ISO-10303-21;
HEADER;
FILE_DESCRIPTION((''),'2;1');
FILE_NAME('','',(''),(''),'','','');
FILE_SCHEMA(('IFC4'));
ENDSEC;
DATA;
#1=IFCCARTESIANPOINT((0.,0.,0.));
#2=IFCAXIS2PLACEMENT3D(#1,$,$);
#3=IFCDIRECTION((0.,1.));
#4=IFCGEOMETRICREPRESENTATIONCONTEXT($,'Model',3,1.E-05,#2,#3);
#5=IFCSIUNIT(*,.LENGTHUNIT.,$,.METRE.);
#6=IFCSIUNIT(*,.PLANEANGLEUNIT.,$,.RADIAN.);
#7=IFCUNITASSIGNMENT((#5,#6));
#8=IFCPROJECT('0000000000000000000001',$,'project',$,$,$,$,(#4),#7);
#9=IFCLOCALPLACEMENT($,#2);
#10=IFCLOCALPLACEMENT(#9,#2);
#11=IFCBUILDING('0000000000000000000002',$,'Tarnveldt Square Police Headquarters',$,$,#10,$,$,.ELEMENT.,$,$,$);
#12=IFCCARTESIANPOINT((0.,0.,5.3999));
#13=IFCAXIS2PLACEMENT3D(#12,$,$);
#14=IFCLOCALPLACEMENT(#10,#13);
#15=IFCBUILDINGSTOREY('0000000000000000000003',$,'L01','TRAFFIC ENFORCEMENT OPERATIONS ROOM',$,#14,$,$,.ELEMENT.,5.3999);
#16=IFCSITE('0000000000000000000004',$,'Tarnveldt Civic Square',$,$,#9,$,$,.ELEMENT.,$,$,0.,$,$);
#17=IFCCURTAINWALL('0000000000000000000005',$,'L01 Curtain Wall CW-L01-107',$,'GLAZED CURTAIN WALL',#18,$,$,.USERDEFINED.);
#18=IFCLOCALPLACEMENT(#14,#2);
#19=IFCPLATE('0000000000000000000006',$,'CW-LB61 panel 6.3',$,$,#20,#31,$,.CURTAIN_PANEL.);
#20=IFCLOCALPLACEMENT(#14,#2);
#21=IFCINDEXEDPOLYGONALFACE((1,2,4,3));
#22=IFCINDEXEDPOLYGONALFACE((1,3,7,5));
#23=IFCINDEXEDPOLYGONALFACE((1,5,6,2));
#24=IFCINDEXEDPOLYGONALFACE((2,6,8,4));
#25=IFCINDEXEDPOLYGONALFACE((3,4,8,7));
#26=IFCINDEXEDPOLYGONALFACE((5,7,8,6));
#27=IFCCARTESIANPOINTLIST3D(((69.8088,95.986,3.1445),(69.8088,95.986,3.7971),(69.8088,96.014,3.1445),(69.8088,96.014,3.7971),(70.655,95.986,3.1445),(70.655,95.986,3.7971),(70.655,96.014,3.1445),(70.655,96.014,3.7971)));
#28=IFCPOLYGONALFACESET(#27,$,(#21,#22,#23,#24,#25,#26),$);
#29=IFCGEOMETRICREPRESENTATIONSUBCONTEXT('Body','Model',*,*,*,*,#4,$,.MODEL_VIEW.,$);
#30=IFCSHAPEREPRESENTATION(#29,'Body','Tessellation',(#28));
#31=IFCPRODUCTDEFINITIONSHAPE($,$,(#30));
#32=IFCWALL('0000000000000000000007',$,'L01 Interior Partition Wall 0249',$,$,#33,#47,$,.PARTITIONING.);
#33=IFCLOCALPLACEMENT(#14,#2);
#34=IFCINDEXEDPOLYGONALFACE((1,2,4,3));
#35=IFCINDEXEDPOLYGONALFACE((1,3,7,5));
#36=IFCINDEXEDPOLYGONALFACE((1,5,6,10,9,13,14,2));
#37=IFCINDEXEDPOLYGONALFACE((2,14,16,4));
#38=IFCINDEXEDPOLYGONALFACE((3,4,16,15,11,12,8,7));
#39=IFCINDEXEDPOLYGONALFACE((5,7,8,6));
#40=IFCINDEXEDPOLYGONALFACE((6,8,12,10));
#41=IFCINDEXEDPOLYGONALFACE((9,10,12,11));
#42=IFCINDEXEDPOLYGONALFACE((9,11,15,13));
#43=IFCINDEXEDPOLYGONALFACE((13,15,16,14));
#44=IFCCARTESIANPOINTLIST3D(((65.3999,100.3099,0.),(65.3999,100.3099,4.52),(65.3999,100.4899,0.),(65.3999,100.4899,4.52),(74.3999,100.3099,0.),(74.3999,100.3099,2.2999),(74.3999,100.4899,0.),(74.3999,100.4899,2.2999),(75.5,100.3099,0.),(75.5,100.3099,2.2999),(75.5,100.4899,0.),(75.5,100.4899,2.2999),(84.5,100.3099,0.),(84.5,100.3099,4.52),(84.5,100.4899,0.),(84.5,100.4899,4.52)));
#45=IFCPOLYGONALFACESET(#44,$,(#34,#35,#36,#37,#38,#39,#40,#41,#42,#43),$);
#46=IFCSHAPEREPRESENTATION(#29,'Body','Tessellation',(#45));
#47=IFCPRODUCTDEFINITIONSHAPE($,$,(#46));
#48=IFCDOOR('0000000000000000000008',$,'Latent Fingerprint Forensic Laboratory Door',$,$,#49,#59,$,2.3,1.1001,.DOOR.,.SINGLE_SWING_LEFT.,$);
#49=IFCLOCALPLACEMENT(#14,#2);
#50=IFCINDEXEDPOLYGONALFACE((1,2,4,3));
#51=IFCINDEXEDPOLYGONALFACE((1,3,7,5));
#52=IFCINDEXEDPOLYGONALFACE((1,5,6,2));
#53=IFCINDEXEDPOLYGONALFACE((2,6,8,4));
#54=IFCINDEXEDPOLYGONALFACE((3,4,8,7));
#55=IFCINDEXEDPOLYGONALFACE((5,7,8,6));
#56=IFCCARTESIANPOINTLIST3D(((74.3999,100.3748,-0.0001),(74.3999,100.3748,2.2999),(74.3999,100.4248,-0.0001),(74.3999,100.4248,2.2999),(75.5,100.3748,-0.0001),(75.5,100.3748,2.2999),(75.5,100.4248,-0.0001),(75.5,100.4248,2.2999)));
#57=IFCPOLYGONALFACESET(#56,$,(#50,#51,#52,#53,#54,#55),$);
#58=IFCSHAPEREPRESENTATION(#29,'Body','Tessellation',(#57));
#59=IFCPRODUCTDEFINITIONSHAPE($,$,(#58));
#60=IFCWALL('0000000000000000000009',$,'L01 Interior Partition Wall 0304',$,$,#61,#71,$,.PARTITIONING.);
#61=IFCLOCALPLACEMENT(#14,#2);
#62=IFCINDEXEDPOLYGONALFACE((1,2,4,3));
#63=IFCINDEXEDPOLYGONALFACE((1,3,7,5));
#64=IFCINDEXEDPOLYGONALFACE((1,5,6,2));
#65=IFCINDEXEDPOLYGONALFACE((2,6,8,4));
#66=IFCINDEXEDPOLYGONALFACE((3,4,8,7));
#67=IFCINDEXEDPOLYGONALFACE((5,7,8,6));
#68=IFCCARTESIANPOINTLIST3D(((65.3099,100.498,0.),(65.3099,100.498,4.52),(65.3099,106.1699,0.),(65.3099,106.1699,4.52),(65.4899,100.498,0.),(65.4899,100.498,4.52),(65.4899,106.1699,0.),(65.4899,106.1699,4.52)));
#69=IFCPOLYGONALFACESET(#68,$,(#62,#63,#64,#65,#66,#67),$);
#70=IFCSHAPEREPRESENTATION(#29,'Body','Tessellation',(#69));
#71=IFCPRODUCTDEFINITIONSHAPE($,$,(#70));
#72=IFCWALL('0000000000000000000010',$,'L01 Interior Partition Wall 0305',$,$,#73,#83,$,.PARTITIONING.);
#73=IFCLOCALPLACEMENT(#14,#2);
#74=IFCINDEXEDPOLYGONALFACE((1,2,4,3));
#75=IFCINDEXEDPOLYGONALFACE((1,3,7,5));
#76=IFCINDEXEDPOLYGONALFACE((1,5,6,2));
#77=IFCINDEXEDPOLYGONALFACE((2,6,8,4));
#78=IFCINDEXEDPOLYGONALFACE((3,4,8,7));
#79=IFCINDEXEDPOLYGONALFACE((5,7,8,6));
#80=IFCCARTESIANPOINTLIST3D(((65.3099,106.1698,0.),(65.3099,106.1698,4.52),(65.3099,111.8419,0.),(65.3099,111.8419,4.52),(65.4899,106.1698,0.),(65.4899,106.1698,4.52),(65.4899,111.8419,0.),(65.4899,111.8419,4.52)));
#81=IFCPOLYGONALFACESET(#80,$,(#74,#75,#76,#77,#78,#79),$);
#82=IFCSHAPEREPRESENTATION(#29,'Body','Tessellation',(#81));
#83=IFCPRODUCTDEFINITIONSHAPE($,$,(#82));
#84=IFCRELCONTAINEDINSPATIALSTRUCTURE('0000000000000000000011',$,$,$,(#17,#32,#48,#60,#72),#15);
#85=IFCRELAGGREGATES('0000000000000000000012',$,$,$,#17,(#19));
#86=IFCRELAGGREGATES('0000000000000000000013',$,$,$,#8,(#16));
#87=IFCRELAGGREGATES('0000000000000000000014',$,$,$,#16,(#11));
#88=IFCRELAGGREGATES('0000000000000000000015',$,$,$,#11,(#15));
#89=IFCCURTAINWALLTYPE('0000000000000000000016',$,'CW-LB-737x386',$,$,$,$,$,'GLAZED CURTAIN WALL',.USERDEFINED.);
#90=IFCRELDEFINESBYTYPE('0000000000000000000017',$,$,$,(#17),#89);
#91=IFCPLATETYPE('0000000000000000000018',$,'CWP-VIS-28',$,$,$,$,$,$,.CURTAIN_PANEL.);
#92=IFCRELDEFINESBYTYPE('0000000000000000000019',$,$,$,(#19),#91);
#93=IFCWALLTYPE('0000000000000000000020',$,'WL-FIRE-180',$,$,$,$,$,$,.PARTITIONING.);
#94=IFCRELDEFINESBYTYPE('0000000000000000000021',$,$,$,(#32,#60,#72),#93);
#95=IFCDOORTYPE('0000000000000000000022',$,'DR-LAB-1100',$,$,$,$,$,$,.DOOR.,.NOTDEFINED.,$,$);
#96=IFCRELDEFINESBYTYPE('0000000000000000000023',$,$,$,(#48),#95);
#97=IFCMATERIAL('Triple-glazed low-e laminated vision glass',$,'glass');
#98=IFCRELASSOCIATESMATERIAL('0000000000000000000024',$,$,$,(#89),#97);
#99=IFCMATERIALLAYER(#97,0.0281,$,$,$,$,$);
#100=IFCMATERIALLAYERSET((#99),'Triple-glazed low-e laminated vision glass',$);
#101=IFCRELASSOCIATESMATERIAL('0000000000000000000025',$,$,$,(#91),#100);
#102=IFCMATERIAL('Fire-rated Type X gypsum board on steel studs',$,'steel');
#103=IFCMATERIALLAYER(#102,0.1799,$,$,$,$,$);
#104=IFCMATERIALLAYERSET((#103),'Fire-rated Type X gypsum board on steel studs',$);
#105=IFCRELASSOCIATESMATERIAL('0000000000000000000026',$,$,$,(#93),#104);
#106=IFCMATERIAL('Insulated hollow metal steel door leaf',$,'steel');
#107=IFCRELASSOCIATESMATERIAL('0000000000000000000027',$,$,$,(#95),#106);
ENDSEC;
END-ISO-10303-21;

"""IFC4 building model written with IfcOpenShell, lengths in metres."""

from ifc_helpers import new_model, si_unit, direction, frame, frame_2d, origin, origin_2d, place, context, subcontext, project, spatial, rectangle, extrude, material, layer, layer_set, type_object, element, fill, aggregate, save


model = new_model("IFC4")

# Units and contexts
model_context = context("Model", 3, precision=1e-05, world=origin(), true_north=direction((0.0, 1.0)))
body_context = subcontext(model_context, "Body", "Model", "MODEL_VIEW")
ifc_project = project(units=[si_unit("LENGTHUNIT", "METRE"), si_unit("PLANEANGLEUNIT", "RADIAN")], contexts=[model_context])

# Site, building, storey
site_placement = place(None, origin())
site = spatial("IfcSite", under=ifc_project, at=site_placement, Name="Tarnveldt Civic Square", CompositionType="ELEMENT", RefElevation=0.0)
building_placement = place(site_placement, origin())
building = spatial("IfcBuilding", under=site, at=building_placement, Name="Tarnveldt Square Police Headquarters", CompositionType="ELEMENT")
storey_placement = place(building_placement, frame((0.0, 0.0, 5.3999)))
storey = spatial("IfcBuildingStorey", under=building, at=storey_placement, Name="L01", Description="TRAFFIC ENFORCEMENT OPERATIONS ROOM", CompositionType="ELEMENT", Elevation=5.3999)

# Curtain wall, plate
ifc_material_1 = material(Name="Triple-glazed low-e laminated vision glass", Category="glass")
curtain_wall_type = type_object("IfcCurtainWallType", Name="CW-LB-737x386", ElementType="GLAZED CURTAIN WALL", PredefinedType="USERDEFINED", material=ifc_material_1)
curtain_wall_placement = place(storey_placement, origin())
curtain_wall = element("IfcCurtainWall", 1, at=curtain_wall_placement, inside=storey, type_object=curtain_wall_type, Name="L01 Curtain Wall CW-L01-107", ObjectType="GLAZED CURTAIN WALL", PredefinedType="USERDEFINED")
ifc_layer_1 = layer(ifc_material_1, 0.0281)
ifc_layer_set_1 = layer_set([ifc_layer_1], Name="Triple-glazed low-e laminated vision glass")
plate_type = type_object("IfcPlateType", Name="CWP-VIS-28", PredefinedType="CURTAIN_PANEL", material=ifc_layer_set_1)
plate_1_placement = place(storey_placement, frame((70.2319, 96.0, 3.1445), z_axis=(0.0, 0.0, 1.0), x_axis=(1.0, 0.0, 0.0)))
plate_1 = element("IfcPlate", 2, at=plate_1_placement, type_object=plate_type, Name="CW-LB61 panel 6.3", PredefinedType="CURTAIN_PANEL", context=body_context, shape_type="SweptSolid", body=[
    extrude(rectangle(XDim=0.8462, YDim=0.0281, at=origin_2d()), origin(), (0.0, 0.0, 1.0), 0.6526),
])
aggregate(curtain_wall, [plate_1])

# Wall, opening, door
ifc_material_2 = material(Name="Fire-rated Type X gypsum board on steel studs", Category="steel")
ifc_layer_2 = layer(ifc_material_2, 0.1799)
ifc_layer_set_2 = layer_set([ifc_layer_2], Name="Fire-rated Type X gypsum board on steel studs")
wall_type = type_object("IfcWallType", Name="WL-FIRE-180", PredefinedType="PARTITIONING", material=ifc_layer_set_2)
wall_1_placement = place(storey_placement, frame((65.3999, 100.3999, 0.0), z_axis=(0.0, 0.0, 1.0), x_axis=(1.0, 0.0, 0.0)))
wall_1 = element("IfcWall", 3, at=wall_1_placement, inside=storey, type_object=wall_type, Name="L01 Interior Partition Wall 0249", PredefinedType="PARTITIONING", context=body_context, shape_type="SweptSolid", body=[
    extrude(rectangle(XDim=19.1001, YDim=0.1799, at=frame_2d((9.55, 0.0))), origin(), (0.0, 0.0, 1.0), 4.52),
])
opening_placement = place(wall_1_placement, frame((9.0, 0.0, 0.0)))
opening = element("IfcOpeningElement", 4, at=opening_placement, cuts=wall_1, PredefinedType="OPENING", context=body_context, shape_type="SweptSolid", body=[
    extrude(rectangle(XDim=1.1001, YDim=2.3, at=frame_2d((0.55, 1.1499))), frame((0.0, 0.0999, 0.0), z_axis=(0.0, -1.0, 0.0), x_axis=(1.0, 0.0, 0.0)), (0.0, 0.0, 1.0), 0.2),
])
ifc_material_3 = material(Name="Insulated hollow metal steel door leaf", Category="steel")
door_type = type_object("IfcDoorType", Name="DR-LAB-1100", OperationType="NOTDEFINED", PredefinedType="DOOR", material=ifc_material_3)
door_placement = place(opening_placement, origin())
door = element("IfcDoor", 5, at=door_placement, inside=storey, type_object=door_type, Name="Latent Fingerprint Forensic Laboratory Door", OperationType="SINGLE_SWING_LEFT", OverallHeight=2.3, OverallWidth=1.1001, PredefinedType="DOOR", context=body_context, shape_type="SweptSolid", body=[
    extrude(rectangle(XDim=1.1001, YDim=2.3, at=frame_2d((0.55, 1.1499))), frame((0.0, 0.0249, 0.0), z_axis=(0.0, -1.0, 0.0), x_axis=(1.0, 0.0, 0.0)), (0.0, 0.0, 1.0), 0.05),
])
fill(opening, door)

# Walls
wall_2_placement = place(storey_placement, frame((65.3999, 100.498, 0.0), z_axis=(0.0, 0.0, 1.0), x_axis=(0.0, 1.0, 0.0)))
element("IfcWall", 6, at=wall_2_placement, inside=storey, type_object=wall_type, Name="L01 Interior Partition Wall 0304", PredefinedType="PARTITIONING", context=body_context, shape_type="SweptSolid", body=[
    extrude(rectangle(XDim=5.6719, YDim=0.1799, at=frame_2d((2.8359, 0.0))), origin(), (0.0, 0.0, 1.0), 4.52),
])
wall_3_placement = place(storey_placement, frame((65.3999, 106.1699, 0.0), z_axis=(0.0, 0.0, 1.0), x_axis=(0.0, 1.0, 0.0)))
element("IfcWall", 7, at=wall_3_placement, inside=storey, type_object=wall_type, Name="L01 Interior Partition Wall 0305", PredefinedType="PARTITIONING", context=body_context, shape_type="SweptSolid", body=[
    extrude(rectangle(XDim=5.6721, YDim=0.1799, at=frame_2d((2.8359, 0.0))), origin(), (0.0, 0.0, 1.0), 4.52),
])

save(model, "model.ifc")
